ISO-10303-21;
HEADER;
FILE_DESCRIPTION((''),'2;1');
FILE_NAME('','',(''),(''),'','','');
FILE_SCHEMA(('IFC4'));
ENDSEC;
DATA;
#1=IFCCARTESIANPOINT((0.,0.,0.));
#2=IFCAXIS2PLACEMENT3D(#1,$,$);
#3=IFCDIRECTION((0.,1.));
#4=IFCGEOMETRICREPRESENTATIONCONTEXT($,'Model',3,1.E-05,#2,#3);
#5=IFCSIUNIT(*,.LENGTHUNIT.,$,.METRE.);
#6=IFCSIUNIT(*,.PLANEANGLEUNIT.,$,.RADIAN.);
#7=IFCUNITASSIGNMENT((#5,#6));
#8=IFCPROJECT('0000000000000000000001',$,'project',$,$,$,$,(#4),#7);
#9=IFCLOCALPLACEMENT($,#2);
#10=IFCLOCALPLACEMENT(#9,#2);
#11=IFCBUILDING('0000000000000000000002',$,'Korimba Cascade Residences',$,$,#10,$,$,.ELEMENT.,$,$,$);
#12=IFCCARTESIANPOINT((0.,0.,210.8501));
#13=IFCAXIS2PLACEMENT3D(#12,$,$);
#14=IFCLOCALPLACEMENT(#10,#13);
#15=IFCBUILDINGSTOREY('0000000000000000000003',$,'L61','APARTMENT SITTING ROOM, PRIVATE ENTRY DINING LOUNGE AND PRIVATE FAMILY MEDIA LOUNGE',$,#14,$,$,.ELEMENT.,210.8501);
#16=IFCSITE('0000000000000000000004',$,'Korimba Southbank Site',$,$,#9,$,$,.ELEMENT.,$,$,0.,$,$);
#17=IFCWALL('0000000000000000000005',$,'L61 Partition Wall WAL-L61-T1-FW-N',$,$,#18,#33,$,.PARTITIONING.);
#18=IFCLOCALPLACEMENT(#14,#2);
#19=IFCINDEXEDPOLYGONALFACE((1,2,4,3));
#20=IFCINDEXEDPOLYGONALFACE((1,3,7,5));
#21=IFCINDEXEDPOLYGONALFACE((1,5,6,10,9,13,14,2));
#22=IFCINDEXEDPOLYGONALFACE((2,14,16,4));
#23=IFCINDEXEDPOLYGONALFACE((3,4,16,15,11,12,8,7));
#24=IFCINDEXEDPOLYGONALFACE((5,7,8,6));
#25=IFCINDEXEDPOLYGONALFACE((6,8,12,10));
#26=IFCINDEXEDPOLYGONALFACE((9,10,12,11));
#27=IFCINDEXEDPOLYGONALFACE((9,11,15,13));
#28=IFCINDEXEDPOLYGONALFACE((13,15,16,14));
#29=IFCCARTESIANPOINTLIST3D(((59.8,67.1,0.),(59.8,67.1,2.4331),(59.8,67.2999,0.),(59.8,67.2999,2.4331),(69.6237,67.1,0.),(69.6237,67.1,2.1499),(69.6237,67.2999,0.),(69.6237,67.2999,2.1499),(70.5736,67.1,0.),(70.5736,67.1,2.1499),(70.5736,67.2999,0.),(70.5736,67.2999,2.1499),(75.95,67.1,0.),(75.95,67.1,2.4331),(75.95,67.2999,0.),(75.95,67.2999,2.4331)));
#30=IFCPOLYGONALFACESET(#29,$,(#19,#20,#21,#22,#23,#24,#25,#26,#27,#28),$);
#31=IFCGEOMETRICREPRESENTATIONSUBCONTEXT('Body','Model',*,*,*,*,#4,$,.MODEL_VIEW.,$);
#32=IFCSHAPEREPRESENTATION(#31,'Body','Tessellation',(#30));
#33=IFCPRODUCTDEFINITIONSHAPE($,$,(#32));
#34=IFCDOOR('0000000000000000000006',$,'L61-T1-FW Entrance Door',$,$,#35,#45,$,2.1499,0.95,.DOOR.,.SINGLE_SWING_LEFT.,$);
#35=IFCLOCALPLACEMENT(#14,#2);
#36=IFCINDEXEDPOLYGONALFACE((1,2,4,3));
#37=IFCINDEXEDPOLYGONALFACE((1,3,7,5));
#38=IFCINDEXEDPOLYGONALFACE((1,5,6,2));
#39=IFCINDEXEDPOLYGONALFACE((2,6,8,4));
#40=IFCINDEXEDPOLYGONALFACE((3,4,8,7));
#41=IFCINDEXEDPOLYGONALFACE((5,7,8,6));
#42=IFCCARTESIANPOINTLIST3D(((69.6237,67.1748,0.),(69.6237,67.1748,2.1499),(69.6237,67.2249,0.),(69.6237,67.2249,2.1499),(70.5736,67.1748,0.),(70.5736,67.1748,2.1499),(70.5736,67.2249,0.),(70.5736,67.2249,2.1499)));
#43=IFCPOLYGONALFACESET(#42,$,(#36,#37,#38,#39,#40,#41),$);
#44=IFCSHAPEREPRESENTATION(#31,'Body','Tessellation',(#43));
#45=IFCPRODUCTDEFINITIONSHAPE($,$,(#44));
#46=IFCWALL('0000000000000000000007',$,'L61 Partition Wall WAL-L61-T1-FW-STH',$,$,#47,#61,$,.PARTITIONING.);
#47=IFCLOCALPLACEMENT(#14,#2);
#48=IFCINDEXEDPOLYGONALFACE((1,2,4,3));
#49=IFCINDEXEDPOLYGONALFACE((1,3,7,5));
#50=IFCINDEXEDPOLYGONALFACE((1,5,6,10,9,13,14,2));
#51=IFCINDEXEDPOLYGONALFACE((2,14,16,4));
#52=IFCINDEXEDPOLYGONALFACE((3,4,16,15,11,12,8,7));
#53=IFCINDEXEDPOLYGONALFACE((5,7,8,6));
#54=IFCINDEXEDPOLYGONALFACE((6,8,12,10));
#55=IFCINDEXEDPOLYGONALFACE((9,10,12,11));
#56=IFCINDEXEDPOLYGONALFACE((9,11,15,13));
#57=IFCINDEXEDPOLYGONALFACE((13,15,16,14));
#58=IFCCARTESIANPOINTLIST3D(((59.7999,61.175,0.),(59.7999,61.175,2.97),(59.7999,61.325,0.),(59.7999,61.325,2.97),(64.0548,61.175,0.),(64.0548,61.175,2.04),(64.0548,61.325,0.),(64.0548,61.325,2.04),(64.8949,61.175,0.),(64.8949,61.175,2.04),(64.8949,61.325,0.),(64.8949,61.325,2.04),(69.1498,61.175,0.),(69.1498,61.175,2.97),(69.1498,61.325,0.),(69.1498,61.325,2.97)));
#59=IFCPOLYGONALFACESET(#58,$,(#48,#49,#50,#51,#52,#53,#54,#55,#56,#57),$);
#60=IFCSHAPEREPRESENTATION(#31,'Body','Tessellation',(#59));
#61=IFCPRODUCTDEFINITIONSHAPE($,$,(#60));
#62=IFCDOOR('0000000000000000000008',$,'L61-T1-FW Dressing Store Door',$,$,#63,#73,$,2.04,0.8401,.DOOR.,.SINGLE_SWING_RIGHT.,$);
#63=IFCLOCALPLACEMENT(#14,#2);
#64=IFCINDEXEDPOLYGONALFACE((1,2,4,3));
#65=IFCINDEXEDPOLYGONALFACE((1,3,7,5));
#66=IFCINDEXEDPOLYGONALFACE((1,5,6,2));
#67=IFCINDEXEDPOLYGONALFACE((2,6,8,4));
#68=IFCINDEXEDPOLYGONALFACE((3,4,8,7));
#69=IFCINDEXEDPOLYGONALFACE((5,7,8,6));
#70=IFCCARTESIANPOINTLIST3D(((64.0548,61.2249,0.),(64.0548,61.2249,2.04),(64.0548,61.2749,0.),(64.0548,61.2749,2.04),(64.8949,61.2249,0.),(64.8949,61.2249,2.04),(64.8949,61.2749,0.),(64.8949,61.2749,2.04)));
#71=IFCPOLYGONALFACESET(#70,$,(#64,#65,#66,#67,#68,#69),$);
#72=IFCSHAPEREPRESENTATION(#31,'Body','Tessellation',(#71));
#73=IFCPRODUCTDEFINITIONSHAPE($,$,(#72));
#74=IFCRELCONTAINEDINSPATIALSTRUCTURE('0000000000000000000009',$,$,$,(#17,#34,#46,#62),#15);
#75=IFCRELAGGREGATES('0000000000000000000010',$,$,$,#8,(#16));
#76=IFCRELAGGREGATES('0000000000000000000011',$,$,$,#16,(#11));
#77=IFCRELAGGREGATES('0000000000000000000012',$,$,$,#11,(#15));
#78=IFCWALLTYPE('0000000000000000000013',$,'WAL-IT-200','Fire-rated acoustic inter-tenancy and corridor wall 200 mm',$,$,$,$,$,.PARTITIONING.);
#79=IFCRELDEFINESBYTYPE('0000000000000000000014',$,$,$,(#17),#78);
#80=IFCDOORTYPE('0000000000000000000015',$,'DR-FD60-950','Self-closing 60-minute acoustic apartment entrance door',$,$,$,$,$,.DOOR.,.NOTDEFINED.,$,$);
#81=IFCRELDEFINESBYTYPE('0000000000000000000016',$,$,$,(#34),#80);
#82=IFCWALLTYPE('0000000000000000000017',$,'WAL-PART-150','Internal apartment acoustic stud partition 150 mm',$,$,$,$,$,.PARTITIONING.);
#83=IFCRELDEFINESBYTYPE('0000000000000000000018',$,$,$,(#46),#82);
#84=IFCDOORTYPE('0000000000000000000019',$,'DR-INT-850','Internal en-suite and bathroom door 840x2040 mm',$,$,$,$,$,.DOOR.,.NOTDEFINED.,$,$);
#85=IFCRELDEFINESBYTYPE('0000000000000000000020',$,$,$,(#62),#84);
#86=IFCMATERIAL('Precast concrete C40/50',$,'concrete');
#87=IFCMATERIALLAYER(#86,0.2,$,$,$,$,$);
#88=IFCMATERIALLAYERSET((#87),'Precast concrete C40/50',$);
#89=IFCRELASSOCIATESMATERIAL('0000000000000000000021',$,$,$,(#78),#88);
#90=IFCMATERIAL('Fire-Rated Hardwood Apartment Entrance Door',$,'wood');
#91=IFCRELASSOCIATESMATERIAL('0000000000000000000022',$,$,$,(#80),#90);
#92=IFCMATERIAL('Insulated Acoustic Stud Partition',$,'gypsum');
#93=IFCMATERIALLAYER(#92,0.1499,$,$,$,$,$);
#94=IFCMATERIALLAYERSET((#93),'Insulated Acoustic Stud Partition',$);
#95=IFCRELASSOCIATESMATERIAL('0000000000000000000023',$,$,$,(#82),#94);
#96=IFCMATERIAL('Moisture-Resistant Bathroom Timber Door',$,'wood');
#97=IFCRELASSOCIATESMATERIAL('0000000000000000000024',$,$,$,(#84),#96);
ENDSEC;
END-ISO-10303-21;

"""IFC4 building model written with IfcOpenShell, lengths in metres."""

from ifc_helpers import new_model, si_unit, direction, frame, frame_2d, origin, place, context, subcontext, project, spatial, rectangle, extrude, material, layer, layer_set, type_object, element, fill, save


model = new_model("IFC4")

# Units and contexts
model_context = context("Model", 3, precision=1e-05, world=origin(), true_north=direction((0.0, 1.0)))
body_context = subcontext(model_context, "Body", "Model", "MODEL_VIEW")
ifc_project = project(units=[si_unit("LENGTHUNIT", "METRE"), si_unit("PLANEANGLEUNIT", "RADIAN")], contexts=[model_context])

# Site, building, storey
site_placement = place(None, origin())
site = spatial("IfcSite", under=ifc_project, at=site_placement, Name="Korimba Southbank Site", CompositionType="ELEMENT", RefElevation=0.0)
building_placement = place(site_placement, origin())
building = spatial("IfcBuilding", under=site, at=building_placement, Name="Korimba Cascade Residences", CompositionType="ELEMENT")
storey_placement = place(building_placement, frame((0.0, 0.0, 210.8501)))
storey = spatial("IfcBuildingStorey", under=building, at=storey_placement, Name="L61", Description="APARTMENT SITTING ROOM, PRIVATE ENTRY DINING LOUNGE AND PRIVATE FAMILY MEDIA LOUNGE", CompositionType="ELEMENT", Elevation=210.8501)

# Shared definitions
ifc_material_1 = material(Name="Precast concrete C40/50", Category="concrete")

# Shared definitions
ifc_layer_1 = layer(ifc_material_1, 0.2)
ifc_layer_set_1 = layer_set([ifc_layer_1], Name="Precast concrete C40/50")
wall_type_1 = type_object("IfcWallType", Name="WAL-IT-200", Description="Fire-rated acoustic inter-tenancy and corridor wall 200 mm", PredefinedType="PARTITIONING", material=ifc_layer_set_1)

# Walls, openings, doors
wall_1_placement = place(storey_placement, frame((59.8, 67.2, 0.0), z_axis=(0.0, 0.0, 1.0), x_axis=(1.0, 0.0, 0.0)))
wall_1 = element("IfcWall", 1, at=wall_1_placement, inside=storey, type_object=wall_type_1, Name="L61 Partition Wall WAL-L61-T1-FW-N", PredefinedType="PARTITIONING", context=body_context, shape_type="SweptSolid", body=[
    extrude(rectangle(XDim=16.1499, YDim=0.2, at=frame_2d((8.075, 0.0))), origin(), (0.0, 0.0, 1.0), 2.4331),
])
opening_1_placement = place(wall_1_placement, frame((9.8235, 0.0, 0.0)))
opening_1 = element("IfcOpeningElement", 2, at=opening_1_placement, cuts=wall_1, PredefinedType="OPENING", context=body_context, shape_type="SweptSolid", body=[
    extrude(rectangle(XDim=0.95, YDim=2.1499, at=frame_2d((0.4751, 1.075))), frame((0.0, 0.1099, 0.0), z_axis=(0.0, -1.0, 0.0), x_axis=(1.0, 0.0, 0.0)), (0.0, 0.0, 1.0), 0.22),
])
ifc_material_2 = material(Name="Fire-Rated Hardwood Apartment Entrance Door", Category="wood")
door_type_1 = type_object("IfcDoorType", Name="DR-FD60-950", Description="Self-closing 60-minute acoustic apartment entrance door", OperationType="NOTDEFINED", PredefinedType="DOOR", material=ifc_material_2)
door_1_placement = place(opening_1_placement, origin())
door_1 = element("IfcDoor", 3, at=door_1_placement, inside=storey, type_object=door_type_1, Name="L61-T1-FW Entrance Door", OperationType="SINGLE_SWING_LEFT", OverallHeight=2.1499, OverallWidth=0.95, PredefinedType="DOOR", context=body_context, shape_type="SweptSolid", body=[
    extrude(rectangle(XDim=0.95, YDim=2.1499, at=frame_2d((0.4751, 1.075))), frame((0.0, 0.0249, 0.0), z_axis=(0.0, -1.0, 0.0), x_axis=(1.0, 0.0, 0.0)), (0.0, 0.0, 1.0), 0.05),
])
fill(opening_1, door_1)
ifc_material_3 = material(Name="Insulated Acoustic Stud Partition", Category="gypsum")
ifc_layer_2 = layer(ifc_material_3, 0.1499)
ifc_layer_set_2 = layer_set([ifc_layer_2], Name="Insulated Acoustic Stud Partition")
wall_type_2 = type_object("IfcWallType", Name="WAL-PART-150", Description="Internal apartment acoustic stud partition 150 mm", PredefinedType="PARTITIONING", material=ifc_layer_set_2)
wall_2_placement = place(storey_placement, frame((59.8, 61.25, 0.0), z_axis=(0.0, 0.0, 1.0), x_axis=(1.0, 0.0, 0.0)))
wall_2 = element("IfcWall", 4, at=wall_2_placement, inside=storey, type_object=wall_type_2, Name="L61 Partition Wall WAL-L61-T1-FW-STH", PredefinedType="PARTITIONING", context=body_context, shape_type="SweptSolid", body=[
    extrude(rectangle(XDim=9.3499, YDim=0.1499, at=frame_2d((4.6748, 0.0))), origin(), (0.0, 0.0, 1.0), 2.97),
])
opening_2_placement = place(wall_2_placement, frame((4.2549, 0.0, 0.0)))
opening_2 = element("IfcOpeningElement", 5, at=opening_2_placement, cuts=wall_2, PredefinedType="OPENING", context=body_context, shape_type="SweptSolid", body=[
    extrude(rectangle(XDim=0.8401, YDim=2.04, at=frame_2d((0.4199, 1.02))), frame((0.0, 0.085, 0.0), z_axis=(0.0, -1.0, 0.0), x_axis=(1.0, 0.0, 0.0)), (0.0, 0.0, 1.0), 0.1699),
])
ifc_material_4 = material(Name="Moisture-Resistant Bathroom Timber Door", Category="wood")
door_type_2 = type_object("IfcDoorType", Name="DR-INT-850", Description="Internal en-suite and bathroom door 840x2040 mm", OperationType="NOTDEFINED", PredefinedType="DOOR", material=ifc_material_4)
door_2_placement = place(opening_2_placement, origin())
door_2 = element("IfcDoor", 6, at=door_2_placement, inside=storey, type_object=door_type_2, Name="L61-T1-FW Dressing Store Door", OperationType="SINGLE_SWING_RIGHT", OverallHeight=2.04, OverallWidth=0.8401, PredefinedType="DOOR", context=body_context, shape_type="SweptSolid", body=[
    extrude(rectangle(XDim=0.8401, YDim=2.04, at=frame_2d((0.4199, 1.02))), frame((0.0, 0.0249, 0.0), z_axis=(0.0, -1.0, 0.0), x_axis=(1.0, 0.0, 0.0)), (0.0, 0.0, 1.0), 0.05),
])
fill(opening_2, door_2)

save(model, "model.ifc")
